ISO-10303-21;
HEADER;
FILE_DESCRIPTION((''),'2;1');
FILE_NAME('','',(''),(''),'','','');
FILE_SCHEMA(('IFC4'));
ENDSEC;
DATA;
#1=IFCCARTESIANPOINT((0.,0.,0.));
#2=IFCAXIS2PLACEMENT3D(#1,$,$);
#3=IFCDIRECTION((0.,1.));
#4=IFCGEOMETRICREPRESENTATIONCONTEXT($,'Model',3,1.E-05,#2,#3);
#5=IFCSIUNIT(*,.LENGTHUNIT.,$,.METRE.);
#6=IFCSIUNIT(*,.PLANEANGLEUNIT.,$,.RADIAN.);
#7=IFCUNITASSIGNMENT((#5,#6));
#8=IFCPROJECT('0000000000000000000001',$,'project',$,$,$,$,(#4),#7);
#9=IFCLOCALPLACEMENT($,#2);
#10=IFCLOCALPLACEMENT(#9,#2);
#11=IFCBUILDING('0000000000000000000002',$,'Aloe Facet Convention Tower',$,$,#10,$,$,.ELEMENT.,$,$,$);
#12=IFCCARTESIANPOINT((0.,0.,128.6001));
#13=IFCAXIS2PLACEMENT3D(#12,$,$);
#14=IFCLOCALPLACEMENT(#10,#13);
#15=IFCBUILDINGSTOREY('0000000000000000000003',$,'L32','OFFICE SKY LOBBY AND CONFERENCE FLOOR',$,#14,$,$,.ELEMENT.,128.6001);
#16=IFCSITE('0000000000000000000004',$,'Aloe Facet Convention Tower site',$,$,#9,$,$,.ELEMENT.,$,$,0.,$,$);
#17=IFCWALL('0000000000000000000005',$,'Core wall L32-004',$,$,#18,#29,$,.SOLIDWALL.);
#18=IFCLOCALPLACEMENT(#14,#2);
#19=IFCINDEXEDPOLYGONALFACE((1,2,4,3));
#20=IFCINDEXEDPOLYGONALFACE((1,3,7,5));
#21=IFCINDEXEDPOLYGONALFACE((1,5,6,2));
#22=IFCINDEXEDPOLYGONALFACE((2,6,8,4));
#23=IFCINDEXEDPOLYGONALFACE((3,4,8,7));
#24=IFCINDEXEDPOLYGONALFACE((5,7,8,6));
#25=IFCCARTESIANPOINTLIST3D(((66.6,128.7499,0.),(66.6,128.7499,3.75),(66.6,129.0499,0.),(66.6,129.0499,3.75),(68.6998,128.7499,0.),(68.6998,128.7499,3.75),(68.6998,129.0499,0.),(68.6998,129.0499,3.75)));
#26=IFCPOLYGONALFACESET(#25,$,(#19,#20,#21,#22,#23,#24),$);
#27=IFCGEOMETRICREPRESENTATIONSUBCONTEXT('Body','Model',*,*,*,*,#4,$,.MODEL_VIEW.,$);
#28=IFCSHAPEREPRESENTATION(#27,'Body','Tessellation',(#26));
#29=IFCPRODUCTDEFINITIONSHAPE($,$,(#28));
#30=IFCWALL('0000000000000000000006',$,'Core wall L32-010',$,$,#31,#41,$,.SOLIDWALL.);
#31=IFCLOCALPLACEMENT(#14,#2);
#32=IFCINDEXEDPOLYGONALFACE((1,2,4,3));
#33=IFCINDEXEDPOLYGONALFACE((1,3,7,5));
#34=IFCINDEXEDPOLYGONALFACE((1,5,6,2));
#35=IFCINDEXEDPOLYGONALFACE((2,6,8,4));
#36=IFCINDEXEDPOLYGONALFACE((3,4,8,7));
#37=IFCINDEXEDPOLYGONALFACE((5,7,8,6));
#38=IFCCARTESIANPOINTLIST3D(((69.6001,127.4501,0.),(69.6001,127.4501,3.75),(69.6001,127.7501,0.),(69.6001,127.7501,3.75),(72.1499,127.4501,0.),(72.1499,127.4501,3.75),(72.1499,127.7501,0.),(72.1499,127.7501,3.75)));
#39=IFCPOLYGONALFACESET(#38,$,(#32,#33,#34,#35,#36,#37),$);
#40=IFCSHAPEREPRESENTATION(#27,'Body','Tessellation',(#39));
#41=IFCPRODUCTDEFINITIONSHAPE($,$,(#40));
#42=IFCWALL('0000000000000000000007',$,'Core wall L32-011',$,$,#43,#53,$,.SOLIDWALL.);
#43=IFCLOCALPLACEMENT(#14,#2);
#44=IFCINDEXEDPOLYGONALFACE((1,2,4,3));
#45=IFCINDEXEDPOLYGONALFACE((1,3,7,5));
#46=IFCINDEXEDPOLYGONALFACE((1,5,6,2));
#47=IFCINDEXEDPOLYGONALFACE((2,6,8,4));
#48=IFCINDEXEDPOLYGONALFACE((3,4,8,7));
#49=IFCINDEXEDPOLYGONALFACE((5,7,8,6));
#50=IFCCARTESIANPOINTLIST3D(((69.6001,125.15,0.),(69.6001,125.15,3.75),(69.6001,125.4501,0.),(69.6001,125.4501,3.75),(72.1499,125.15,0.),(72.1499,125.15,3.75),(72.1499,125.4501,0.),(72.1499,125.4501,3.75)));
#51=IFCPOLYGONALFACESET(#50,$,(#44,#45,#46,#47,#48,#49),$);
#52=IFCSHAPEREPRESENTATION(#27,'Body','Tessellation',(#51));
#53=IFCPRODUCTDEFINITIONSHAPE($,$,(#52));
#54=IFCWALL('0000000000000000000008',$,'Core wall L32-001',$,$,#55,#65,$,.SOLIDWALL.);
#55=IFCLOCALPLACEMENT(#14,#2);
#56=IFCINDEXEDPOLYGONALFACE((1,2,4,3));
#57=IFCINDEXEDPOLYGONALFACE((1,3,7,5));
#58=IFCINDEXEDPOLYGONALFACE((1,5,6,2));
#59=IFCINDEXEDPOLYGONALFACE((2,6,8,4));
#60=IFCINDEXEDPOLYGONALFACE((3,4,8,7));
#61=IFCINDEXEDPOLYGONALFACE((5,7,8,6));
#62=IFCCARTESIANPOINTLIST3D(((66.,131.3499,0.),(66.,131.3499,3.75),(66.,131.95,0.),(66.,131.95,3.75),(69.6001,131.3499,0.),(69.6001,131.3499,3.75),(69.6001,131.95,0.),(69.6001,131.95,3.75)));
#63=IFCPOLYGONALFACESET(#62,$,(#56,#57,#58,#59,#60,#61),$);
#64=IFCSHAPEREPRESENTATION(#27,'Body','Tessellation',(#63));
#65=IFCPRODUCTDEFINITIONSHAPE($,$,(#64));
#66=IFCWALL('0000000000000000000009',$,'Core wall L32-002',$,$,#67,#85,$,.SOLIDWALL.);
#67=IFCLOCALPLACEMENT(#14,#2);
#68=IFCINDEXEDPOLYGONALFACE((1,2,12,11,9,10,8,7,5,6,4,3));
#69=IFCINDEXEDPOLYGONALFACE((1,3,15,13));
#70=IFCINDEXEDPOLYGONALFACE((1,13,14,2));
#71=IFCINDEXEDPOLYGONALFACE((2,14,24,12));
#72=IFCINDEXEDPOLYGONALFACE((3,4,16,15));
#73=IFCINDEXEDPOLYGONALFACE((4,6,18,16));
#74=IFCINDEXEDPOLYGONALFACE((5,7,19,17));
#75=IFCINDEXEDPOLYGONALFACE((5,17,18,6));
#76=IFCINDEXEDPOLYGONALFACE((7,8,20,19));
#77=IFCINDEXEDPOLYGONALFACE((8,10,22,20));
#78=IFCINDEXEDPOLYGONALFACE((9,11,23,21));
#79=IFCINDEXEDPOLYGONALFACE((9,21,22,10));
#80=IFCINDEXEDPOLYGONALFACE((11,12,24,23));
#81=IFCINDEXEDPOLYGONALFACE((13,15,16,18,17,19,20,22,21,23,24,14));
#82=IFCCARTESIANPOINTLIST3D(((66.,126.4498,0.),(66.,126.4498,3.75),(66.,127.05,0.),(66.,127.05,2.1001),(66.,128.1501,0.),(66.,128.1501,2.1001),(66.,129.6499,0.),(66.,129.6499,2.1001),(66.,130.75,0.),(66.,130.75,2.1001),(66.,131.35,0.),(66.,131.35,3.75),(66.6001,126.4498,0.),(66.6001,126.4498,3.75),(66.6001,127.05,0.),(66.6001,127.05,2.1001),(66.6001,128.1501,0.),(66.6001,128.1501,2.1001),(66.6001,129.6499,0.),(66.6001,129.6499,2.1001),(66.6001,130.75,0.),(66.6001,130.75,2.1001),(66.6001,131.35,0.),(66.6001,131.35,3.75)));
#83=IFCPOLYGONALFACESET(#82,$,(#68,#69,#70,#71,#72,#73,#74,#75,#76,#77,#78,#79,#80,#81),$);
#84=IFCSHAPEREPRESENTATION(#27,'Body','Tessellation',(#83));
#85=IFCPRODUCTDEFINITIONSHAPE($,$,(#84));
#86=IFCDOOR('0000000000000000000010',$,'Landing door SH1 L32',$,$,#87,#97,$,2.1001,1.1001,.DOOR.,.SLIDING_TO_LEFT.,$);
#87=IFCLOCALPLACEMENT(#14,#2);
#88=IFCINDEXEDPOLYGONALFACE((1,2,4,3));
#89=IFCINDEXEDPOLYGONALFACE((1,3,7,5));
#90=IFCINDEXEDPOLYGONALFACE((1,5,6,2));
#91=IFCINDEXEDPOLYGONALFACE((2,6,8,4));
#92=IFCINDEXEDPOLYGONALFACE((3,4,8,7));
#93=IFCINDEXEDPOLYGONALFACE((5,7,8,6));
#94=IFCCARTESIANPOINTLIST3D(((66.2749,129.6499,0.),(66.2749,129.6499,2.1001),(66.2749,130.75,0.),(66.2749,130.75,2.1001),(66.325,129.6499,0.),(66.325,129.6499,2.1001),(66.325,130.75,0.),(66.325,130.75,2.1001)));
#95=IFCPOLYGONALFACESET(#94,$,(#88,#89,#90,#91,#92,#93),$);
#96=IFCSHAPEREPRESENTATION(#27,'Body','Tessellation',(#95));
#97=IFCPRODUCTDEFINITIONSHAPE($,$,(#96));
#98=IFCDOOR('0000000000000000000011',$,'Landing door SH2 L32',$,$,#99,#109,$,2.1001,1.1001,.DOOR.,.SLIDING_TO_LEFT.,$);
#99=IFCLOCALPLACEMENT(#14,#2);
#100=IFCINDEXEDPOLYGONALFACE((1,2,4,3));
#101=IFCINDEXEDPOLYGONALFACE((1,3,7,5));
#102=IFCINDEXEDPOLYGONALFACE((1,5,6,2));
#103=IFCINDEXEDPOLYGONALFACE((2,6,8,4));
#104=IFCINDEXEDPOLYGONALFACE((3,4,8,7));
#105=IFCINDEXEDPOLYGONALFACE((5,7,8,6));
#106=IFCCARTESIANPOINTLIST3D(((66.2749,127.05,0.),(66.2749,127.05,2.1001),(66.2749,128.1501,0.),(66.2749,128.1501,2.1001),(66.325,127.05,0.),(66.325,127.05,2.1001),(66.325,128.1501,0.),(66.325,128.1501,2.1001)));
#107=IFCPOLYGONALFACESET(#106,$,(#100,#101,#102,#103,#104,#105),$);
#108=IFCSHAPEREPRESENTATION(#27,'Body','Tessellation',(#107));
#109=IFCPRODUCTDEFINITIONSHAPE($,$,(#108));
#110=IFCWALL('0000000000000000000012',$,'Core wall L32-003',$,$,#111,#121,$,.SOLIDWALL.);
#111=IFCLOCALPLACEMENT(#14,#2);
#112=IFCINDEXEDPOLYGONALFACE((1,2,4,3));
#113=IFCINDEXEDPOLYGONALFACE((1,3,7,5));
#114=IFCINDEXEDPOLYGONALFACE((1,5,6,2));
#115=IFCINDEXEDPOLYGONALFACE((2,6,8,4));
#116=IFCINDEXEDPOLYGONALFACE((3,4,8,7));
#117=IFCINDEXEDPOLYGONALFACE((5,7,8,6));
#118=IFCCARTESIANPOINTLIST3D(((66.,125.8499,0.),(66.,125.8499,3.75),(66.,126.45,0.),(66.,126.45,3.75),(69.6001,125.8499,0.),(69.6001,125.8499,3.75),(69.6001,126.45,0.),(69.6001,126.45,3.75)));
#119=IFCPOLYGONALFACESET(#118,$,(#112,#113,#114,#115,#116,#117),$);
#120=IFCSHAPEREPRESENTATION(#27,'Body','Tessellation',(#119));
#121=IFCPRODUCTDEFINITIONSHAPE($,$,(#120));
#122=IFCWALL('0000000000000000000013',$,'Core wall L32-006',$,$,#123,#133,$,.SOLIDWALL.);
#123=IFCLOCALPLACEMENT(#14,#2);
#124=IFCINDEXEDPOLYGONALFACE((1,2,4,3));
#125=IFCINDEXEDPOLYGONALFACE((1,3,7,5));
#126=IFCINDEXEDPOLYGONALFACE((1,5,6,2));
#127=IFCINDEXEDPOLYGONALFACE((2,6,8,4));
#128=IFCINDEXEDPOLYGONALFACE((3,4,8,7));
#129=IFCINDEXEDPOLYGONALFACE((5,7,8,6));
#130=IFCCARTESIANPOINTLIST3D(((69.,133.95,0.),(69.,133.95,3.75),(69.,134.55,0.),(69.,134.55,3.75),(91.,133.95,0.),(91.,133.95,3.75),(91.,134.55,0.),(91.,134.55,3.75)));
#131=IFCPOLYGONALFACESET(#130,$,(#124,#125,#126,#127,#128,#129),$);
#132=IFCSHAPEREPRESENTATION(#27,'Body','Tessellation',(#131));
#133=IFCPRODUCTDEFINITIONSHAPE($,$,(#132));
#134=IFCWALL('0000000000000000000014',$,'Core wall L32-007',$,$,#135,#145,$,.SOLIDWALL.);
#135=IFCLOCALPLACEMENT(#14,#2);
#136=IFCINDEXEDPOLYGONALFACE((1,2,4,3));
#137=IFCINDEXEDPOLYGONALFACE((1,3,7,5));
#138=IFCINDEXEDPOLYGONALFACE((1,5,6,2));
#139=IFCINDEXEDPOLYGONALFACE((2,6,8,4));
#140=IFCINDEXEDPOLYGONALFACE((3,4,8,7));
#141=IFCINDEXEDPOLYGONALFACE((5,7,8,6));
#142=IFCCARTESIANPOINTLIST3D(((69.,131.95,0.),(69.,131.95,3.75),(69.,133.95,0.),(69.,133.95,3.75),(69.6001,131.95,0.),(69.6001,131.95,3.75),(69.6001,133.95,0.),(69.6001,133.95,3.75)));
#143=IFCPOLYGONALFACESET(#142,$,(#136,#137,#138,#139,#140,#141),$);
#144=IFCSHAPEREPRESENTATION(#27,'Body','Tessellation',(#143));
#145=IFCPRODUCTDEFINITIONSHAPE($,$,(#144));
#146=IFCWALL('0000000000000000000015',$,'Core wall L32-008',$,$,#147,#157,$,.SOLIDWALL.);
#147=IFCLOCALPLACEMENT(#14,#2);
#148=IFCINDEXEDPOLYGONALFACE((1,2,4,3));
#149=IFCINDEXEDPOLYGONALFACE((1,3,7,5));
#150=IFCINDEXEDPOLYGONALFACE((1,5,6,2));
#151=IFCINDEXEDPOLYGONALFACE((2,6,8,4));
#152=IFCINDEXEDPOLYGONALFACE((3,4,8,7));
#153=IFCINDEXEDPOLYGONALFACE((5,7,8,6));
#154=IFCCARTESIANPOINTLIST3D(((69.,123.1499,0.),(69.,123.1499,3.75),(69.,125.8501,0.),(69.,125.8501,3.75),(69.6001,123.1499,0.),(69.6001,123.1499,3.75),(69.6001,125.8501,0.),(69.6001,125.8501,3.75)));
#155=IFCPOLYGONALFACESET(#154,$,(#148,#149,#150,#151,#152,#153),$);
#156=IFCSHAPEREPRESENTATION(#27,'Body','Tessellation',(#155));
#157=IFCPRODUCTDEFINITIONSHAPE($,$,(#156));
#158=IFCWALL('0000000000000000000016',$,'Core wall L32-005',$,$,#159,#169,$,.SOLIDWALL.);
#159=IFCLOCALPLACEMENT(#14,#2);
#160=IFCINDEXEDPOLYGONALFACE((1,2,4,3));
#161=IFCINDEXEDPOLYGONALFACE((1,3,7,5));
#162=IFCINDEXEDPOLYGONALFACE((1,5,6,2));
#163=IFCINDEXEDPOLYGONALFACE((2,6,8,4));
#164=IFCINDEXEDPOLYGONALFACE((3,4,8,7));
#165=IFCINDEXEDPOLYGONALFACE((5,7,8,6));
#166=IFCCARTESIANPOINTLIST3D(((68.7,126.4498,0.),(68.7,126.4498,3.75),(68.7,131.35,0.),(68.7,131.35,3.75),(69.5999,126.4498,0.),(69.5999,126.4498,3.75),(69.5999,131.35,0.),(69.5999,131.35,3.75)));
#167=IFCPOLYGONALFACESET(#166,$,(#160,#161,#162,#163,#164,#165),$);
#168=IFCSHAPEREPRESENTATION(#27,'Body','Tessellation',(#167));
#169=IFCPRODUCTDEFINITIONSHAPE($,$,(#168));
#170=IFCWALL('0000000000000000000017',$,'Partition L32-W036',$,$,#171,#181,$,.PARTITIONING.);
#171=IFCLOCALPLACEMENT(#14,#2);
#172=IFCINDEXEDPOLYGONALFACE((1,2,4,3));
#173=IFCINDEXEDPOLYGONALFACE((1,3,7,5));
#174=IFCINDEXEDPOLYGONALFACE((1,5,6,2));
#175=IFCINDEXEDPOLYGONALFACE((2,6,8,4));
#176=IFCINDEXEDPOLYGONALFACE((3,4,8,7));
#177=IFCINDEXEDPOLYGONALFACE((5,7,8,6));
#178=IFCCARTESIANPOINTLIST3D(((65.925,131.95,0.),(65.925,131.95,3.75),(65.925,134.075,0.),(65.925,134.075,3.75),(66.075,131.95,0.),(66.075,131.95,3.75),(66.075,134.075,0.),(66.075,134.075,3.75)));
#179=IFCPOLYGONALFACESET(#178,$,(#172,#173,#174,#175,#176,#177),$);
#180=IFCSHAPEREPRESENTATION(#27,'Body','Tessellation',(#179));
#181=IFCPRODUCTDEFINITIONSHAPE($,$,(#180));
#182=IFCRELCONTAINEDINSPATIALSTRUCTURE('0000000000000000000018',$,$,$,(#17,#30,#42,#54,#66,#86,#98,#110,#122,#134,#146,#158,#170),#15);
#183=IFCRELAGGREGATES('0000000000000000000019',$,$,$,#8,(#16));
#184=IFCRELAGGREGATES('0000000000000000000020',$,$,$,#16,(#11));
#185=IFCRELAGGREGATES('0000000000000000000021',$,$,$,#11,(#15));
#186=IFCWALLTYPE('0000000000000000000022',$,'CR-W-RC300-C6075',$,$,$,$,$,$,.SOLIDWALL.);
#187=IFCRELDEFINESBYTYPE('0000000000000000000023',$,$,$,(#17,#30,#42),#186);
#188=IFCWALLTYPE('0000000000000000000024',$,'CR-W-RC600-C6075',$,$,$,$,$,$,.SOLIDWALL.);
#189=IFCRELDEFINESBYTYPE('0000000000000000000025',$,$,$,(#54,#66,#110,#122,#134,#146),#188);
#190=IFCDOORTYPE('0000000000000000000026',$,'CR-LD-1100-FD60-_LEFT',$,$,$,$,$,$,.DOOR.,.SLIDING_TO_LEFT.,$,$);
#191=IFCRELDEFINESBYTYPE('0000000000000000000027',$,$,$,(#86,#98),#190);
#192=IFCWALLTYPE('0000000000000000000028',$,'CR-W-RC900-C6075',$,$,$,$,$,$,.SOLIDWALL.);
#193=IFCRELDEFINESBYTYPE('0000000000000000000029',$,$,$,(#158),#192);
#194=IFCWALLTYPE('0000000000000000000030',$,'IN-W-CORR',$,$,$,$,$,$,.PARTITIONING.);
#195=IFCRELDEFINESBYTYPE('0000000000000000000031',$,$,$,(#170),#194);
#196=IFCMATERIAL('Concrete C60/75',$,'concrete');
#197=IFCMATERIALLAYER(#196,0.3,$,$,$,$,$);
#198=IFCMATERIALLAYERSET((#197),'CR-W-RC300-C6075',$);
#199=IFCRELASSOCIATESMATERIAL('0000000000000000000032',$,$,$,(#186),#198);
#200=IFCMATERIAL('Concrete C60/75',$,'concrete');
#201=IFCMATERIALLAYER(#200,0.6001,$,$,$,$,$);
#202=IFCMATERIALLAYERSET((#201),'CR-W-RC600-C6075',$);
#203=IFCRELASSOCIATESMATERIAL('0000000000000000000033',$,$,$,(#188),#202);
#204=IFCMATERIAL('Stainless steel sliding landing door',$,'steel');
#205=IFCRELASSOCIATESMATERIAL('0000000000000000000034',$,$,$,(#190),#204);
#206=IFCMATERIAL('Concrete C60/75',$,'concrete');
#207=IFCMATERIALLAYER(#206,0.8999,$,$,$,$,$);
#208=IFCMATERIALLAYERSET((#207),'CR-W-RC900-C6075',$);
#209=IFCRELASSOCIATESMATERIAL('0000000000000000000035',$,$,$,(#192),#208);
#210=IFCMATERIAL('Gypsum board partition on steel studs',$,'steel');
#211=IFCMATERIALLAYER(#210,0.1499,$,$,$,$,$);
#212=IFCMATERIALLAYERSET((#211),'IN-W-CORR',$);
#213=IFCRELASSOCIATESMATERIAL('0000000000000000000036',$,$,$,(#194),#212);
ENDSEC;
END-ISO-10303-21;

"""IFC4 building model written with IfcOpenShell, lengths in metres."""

from ifc_helpers import new_model, si_unit, direction, frame, frame_2d, origin, place, context, subcontext, project, spatial, rectangle, extrude, material, layer, layer_set, type_object, element, fill, save


model = new_model("IFC4")

# Units and contexts
model_context = context("Model", 3, precision=1e-05, world=origin(), true_north=direction((0.0, 1.0)))
body_context = subcontext(model_context, "Body", "Model", "MODEL_VIEW")
ifc_project = project(units=[si_unit("LENGTHUNIT", "METRE"), si_unit("PLANEANGLEUNIT", "RADIAN")], contexts=[model_context])

# Site, building, storey
site_placement = place(None, origin())
site = spatial("IfcSite", under=ifc_project, at=site_placement, Name="Aloe Facet Convention Tower site", CompositionType="ELEMENT", RefElevation=0.0)
building_placement = place(site_placement, origin())
building = spatial("IfcBuilding", under=site, at=building_placement, Name="Aloe Facet Convention Tower", CompositionType="ELEMENT")
storey_placement = place(building_placement, frame((0.0, 0.0, 128.6001)))
storey = spatial("IfcBuildingStorey", under=building, at=storey_placement, Name="L32", Description="OFFICE SKY LOBBY AND CONFERENCE FLOOR", CompositionType="ELEMENT", Elevation=128.6001)

# Walls
ifc_material_1 = material(Name="Concrete C60/75", Category="concrete")
ifc_layer_1 = layer(ifc_material_1, 0.3)
ifc_layer_set_1 = layer_set([ifc_layer_1], Name="CR-W-RC300-C6075")
wall_type_1 = type_object("IfcWallType", Name="CR-W-RC300-C6075", PredefinedType="SOLIDWALL", material=ifc_layer_set_1)
wall_1_placement = place(storey_placement, frame((66.6001, 128.8999, 0.0), z_axis=(0.0, 0.0, 1.0), x_axis=(1.0, 0.0, 0.0)))
element("IfcWall", 1, at=wall_1_placement, inside=storey, type_object=wall_type_1, Name="Core wall L32-004", PredefinedType="SOLIDWALL", context=body_context, shape_type="SweptSolid", body=[
    extrude(rectangle(XDim=2.0999, YDim=0.3, at=frame_2d((1.0498, 0.0))), origin(), (0.0, 0.0, 1.0), 3.75),
])
for number, where, z_axis, x_axis, name in (
    (2, (69.6001, 127.6001, 0.0), (0.0, 0.0, 1.0), (1.0, 0.0, 0.0), "Core wall L32-010"),
    (3, (69.6001, 125.3, 0.0), (0.0, 0.0, 1.0), (1.0, 0.0, 0.0), "Core wall L32-011"),
):
    element("IfcWall", number, at=place(storey_placement, frame(where, z_axis=z_axis, x_axis=x_axis)), inside=storey, type_object=wall_type_1, Name=name, PredefinedType="SOLIDWALL", context=body_context, shape_type="SweptSolid", body=[
        extrude(rectangle(XDim=2.5498, YDim=0.3, at=frame_2d((1.2749, 0.0))), origin(), (0.0, 0.0, 1.0), 3.75),
    ])
ifc_material_2 = material(Name="Concrete C60/75", Category="concrete")
ifc_layer_2 = layer(ifc_material_2, 0.6001)
ifc_layer_set_2 = layer_set([ifc_layer_2], Name="CR-W-RC600-C6075")
wall_type_2 = type_object("IfcWallType", Name="CR-W-RC600-C6075", PredefinedType="SOLIDWALL", material=ifc_layer_set_2)
wall_2_placement = place(storey_placement, frame((66.0, 131.6499, 0.0), z_axis=(0.0, 0.0, 1.0), x_axis=(1.0, 0.0, 0.0)))
element("IfcWall", 4, at=wall_2_placement, inside=storey, type_object=wall_type_2, Name="Core wall L32-001", PredefinedType="SOLIDWALL", context=body_context, shape_type="SweptSolid", body=[
    extrude(rectangle(XDim=3.6001, YDim=0.6001, at=frame_2d((1.8, 0.0))), origin(), (0.0, 0.0, 1.0), 3.75),
])

# Wall, openings, doors
wall_3_placement = place(storey_placement, frame((66.3, 131.3501, 0.0), z_axis=(0.0, 0.0, 1.0), x_axis=(0.0, -1.0, 0.0)))
wall_3 = element("IfcWall", 5, at=wall_3_placement, inside=storey, type_object=wall_type_2, Name="Core wall L32-002", PredefinedType="SOLIDWALL", context=body_context, shape_type="SweptSolid", body=[
    extrude(rectangle(XDim=4.9001, YDim=0.6001, at=frame_2d((2.4502, 0.0))), origin(), (0.0, 0.0, 1.0), 3.75),
])
opening_1_placement = place(wall_3_placement, frame((0.6001, 0.0, 0.0)))
opening_1 = element("IfcOpeningElement", 6, at=opening_1_placement, cuts=wall_3, PredefinedType="OPENING", context=body_context, shape_type="SweptSolid", body=[
    extrude(rectangle(XDim=1.1001, YDim=2.1001, at=frame_2d((0.55, 1.05))), frame((0.0, 0.3101, 0.0), z_axis=(0.0, -1.0, 0.0), x_axis=(1.0, 0.0, 0.0)), (0.0, 0.0, 1.0), 0.6201),
])
opening_2_placement = place(wall_3_placement, frame((3.2, 0.0, 0.0)))
opening_2 = element("IfcOpeningElement", 7, at=opening_2_placement, cuts=wall_3, PredefinedType="OPENING", context=body_context, shape_type="SweptSolid", body=[
    extrude(rectangle(XDim=1.1001, YDim=2.1001, at=frame_2d((0.55, 1.05))), frame((0.0, 0.3101, 0.0), z_axis=(0.0, -1.0, 0.0), x_axis=(1.0, 0.0, 0.0)), (0.0, 0.0, 1.0), 0.6201),
])
ifc_material_3 = material(Name="Stainless steel sliding landing door", Category="steel")
door_type = type_object("IfcDoorType", Name="CR-LD-1100-FD60-_LEFT", OperationType="SLIDING_TO_LEFT", PredefinedType="DOOR", material=ifc_material_3)
door_1_placement = place(opening_1_placement, origin())
door_1 = element("IfcDoor", 8, at=door_1_placement, inside=storey, type_object=door_type, Name="Landing door SH1 L32", OperationType="SLIDING_TO_LEFT", OverallHeight=2.1001, OverallWidth=1.1001, PredefinedType="DOOR", context=body_context, shape_type="SweptSolid", body=[
    extrude(rectangle(XDim=1.1001, YDim=2.1001, at=frame_2d((0.55, 1.05))), frame((0.0, 0.0249, 0.0), z_axis=(0.0, -1.0, 0.0), x_axis=(1.0, 0.0, 0.0)), (0.0, 0.0, 1.0), 0.05),
])
fill(opening_1, door_1)
door_2_placement = place(opening_2_placement, origin())
door_2 = element("IfcDoor", 9, at=door_2_placement, inside=storey, type_object=door_type, Name="Landing door SH2 L32", OperationType="SLIDING_TO_LEFT", OverallHeight=2.1001, OverallWidth=1.1001, PredefinedType="DOOR", context=body_context, shape_type="SweptSolid", body=[
    extrude(rectangle(XDim=1.1001, YDim=2.1001, at=frame_2d((0.55, 1.05))), frame((0.0, 0.0249, 0.0), z_axis=(0.0, -1.0, 0.0), x_axis=(1.0, 0.0, 0.0)), (0.0, 0.0, 1.0), 0.05),
])
fill(opening_2, door_2)

# Walls
wall_4_placement = place(storey_placement, frame((66.0, 126.1499, 0.0), z_axis=(0.0, 0.0, 1.0), x_axis=(1.0, 0.0, 0.0)))
element("IfcWall", 10, at=wall_4_placement, inside=storey, type_object=wall_type_2, Name="Core wall L32-003", PredefinedType="SOLIDWALL", context=body_context, shape_type="SweptSolid", body=[
    extrude(rectangle(XDim=3.6001, YDim=0.6001, at=frame_2d((1.8, 0.0))), origin(), (0.0, 0.0, 1.0), 3.75),
])
wall_5_placement = place(storey_placement, frame((69.0, 134.25, 0.0), z_axis=(0.0, 0.0, 1.0), x_axis=(1.0, 0.0, 0.0)))
element("IfcWall", 11, at=wall_5_placement, inside=storey, type_object=wall_type_2, Name="Core wall L32-006", PredefinedType="SOLIDWALL", context=body_context, shape_type="SweptSolid", body=[
    extrude(rectangle(XDim=22.0, YDim=0.6001, at=frame_2d((11.0, 0.0))), origin(), (0.0, 0.0, 1.0), 3.75),
])
wall_6_placement = place(storey_placement, frame((69.3, 133.95, 0.0), z_axis=(0.0, 0.0, 1.0), x_axis=(0.0, -1.0, 0.0)))
element("IfcWall", 12, at=wall_6_placement, inside=storey, type_object=wall_type_2, Name="Core wall L32-007", PredefinedType="SOLIDWALL", context=body_context, shape_type="SweptSolid", body=[
    extrude(rectangle(XDim=2.0, YDim=0.6001, at=frame_2d((1.0, 0.0))), origin(), (0.0, 0.0, 1.0), 3.75),
])
wall_7_placement = place(storey_placement, frame((69.3, 125.8501, 0.0), z_axis=(0.0, 0.0, 1.0), x_axis=(0.0, -1.0, 0.0)))
element("IfcWall", 13, at=wall_7_placement, inside=storey, type_object=wall_type_2, Name="Core wall L32-008", PredefinedType="SOLIDWALL", context=body_context, shape_type="SweptSolid", body=[
    extrude(rectangle(XDim=2.7002, YDim=0.6001, at=frame_2d((1.3501, 0.0))), origin(), (0.0, 0.0, 1.0), 3.75),
])
ifc_material_4 = material(Name="Concrete C60/75", Category="concrete")
ifc_layer_3 = layer(ifc_material_4, 0.8999)
ifc_layer_set_3 = layer_set([ifc_layer_3], Name="CR-W-RC900-C6075")
wall_type_3 = type_object("IfcWallType", Name="CR-W-RC900-C6075", PredefinedType="SOLIDWALL", material=ifc_layer_set_3)
wall_8_placement = place(storey_placement, frame((69.1499, 131.3501, 0.0), z_axis=(0.0, 0.0, 1.0), x_axis=(0.0, -1.0, 0.0)))
element("IfcWall", 14, at=wall_8_placement, inside=storey, type_object=wall_type_3, Name="Core wall L32-005", PredefinedType="SOLIDWALL", context=body_context, shape_type="SweptSolid", body=[
    extrude(rectangle(XDim=4.9001, YDim=0.8999, at=frame_2d((2.4502, 0.0))), origin(), (0.0, 0.0, 1.0), 3.75),
])
ifc_material_5 = material(Name="Gypsum board partition on steel studs", Category="steel")
ifc_layer_4 = layer(ifc_material_5, 0.1499)
ifc_layer_set_4 = layer_set([ifc_layer_4], Name="IN-W-CORR")
wall_type_4 = type_object("IfcWallType", Name="IN-W-CORR", PredefinedType="PARTITIONING", material=ifc_layer_set_4)
wall_9_placement = place(storey_placement, frame((66.0, 131.95, 0.0), z_axis=(0.0, 0.0, 1.0), x_axis=(0.0, 1.0, 0.0)))
element("IfcWall", 15, at=wall_9_placement, inside=storey, type_object=wall_type_4, Name="Partition L32-W036", PredefinedType="PARTITIONING", context=body_context, shape_type="SweptSolid", body=[
    extrude(rectangle(XDim=2.125, YDim=0.1499, at=frame_2d((1.0625, 0.0))), origin(), (0.0, 0.0, 1.0), 3.75),
])

save(model, "model.ifc")
